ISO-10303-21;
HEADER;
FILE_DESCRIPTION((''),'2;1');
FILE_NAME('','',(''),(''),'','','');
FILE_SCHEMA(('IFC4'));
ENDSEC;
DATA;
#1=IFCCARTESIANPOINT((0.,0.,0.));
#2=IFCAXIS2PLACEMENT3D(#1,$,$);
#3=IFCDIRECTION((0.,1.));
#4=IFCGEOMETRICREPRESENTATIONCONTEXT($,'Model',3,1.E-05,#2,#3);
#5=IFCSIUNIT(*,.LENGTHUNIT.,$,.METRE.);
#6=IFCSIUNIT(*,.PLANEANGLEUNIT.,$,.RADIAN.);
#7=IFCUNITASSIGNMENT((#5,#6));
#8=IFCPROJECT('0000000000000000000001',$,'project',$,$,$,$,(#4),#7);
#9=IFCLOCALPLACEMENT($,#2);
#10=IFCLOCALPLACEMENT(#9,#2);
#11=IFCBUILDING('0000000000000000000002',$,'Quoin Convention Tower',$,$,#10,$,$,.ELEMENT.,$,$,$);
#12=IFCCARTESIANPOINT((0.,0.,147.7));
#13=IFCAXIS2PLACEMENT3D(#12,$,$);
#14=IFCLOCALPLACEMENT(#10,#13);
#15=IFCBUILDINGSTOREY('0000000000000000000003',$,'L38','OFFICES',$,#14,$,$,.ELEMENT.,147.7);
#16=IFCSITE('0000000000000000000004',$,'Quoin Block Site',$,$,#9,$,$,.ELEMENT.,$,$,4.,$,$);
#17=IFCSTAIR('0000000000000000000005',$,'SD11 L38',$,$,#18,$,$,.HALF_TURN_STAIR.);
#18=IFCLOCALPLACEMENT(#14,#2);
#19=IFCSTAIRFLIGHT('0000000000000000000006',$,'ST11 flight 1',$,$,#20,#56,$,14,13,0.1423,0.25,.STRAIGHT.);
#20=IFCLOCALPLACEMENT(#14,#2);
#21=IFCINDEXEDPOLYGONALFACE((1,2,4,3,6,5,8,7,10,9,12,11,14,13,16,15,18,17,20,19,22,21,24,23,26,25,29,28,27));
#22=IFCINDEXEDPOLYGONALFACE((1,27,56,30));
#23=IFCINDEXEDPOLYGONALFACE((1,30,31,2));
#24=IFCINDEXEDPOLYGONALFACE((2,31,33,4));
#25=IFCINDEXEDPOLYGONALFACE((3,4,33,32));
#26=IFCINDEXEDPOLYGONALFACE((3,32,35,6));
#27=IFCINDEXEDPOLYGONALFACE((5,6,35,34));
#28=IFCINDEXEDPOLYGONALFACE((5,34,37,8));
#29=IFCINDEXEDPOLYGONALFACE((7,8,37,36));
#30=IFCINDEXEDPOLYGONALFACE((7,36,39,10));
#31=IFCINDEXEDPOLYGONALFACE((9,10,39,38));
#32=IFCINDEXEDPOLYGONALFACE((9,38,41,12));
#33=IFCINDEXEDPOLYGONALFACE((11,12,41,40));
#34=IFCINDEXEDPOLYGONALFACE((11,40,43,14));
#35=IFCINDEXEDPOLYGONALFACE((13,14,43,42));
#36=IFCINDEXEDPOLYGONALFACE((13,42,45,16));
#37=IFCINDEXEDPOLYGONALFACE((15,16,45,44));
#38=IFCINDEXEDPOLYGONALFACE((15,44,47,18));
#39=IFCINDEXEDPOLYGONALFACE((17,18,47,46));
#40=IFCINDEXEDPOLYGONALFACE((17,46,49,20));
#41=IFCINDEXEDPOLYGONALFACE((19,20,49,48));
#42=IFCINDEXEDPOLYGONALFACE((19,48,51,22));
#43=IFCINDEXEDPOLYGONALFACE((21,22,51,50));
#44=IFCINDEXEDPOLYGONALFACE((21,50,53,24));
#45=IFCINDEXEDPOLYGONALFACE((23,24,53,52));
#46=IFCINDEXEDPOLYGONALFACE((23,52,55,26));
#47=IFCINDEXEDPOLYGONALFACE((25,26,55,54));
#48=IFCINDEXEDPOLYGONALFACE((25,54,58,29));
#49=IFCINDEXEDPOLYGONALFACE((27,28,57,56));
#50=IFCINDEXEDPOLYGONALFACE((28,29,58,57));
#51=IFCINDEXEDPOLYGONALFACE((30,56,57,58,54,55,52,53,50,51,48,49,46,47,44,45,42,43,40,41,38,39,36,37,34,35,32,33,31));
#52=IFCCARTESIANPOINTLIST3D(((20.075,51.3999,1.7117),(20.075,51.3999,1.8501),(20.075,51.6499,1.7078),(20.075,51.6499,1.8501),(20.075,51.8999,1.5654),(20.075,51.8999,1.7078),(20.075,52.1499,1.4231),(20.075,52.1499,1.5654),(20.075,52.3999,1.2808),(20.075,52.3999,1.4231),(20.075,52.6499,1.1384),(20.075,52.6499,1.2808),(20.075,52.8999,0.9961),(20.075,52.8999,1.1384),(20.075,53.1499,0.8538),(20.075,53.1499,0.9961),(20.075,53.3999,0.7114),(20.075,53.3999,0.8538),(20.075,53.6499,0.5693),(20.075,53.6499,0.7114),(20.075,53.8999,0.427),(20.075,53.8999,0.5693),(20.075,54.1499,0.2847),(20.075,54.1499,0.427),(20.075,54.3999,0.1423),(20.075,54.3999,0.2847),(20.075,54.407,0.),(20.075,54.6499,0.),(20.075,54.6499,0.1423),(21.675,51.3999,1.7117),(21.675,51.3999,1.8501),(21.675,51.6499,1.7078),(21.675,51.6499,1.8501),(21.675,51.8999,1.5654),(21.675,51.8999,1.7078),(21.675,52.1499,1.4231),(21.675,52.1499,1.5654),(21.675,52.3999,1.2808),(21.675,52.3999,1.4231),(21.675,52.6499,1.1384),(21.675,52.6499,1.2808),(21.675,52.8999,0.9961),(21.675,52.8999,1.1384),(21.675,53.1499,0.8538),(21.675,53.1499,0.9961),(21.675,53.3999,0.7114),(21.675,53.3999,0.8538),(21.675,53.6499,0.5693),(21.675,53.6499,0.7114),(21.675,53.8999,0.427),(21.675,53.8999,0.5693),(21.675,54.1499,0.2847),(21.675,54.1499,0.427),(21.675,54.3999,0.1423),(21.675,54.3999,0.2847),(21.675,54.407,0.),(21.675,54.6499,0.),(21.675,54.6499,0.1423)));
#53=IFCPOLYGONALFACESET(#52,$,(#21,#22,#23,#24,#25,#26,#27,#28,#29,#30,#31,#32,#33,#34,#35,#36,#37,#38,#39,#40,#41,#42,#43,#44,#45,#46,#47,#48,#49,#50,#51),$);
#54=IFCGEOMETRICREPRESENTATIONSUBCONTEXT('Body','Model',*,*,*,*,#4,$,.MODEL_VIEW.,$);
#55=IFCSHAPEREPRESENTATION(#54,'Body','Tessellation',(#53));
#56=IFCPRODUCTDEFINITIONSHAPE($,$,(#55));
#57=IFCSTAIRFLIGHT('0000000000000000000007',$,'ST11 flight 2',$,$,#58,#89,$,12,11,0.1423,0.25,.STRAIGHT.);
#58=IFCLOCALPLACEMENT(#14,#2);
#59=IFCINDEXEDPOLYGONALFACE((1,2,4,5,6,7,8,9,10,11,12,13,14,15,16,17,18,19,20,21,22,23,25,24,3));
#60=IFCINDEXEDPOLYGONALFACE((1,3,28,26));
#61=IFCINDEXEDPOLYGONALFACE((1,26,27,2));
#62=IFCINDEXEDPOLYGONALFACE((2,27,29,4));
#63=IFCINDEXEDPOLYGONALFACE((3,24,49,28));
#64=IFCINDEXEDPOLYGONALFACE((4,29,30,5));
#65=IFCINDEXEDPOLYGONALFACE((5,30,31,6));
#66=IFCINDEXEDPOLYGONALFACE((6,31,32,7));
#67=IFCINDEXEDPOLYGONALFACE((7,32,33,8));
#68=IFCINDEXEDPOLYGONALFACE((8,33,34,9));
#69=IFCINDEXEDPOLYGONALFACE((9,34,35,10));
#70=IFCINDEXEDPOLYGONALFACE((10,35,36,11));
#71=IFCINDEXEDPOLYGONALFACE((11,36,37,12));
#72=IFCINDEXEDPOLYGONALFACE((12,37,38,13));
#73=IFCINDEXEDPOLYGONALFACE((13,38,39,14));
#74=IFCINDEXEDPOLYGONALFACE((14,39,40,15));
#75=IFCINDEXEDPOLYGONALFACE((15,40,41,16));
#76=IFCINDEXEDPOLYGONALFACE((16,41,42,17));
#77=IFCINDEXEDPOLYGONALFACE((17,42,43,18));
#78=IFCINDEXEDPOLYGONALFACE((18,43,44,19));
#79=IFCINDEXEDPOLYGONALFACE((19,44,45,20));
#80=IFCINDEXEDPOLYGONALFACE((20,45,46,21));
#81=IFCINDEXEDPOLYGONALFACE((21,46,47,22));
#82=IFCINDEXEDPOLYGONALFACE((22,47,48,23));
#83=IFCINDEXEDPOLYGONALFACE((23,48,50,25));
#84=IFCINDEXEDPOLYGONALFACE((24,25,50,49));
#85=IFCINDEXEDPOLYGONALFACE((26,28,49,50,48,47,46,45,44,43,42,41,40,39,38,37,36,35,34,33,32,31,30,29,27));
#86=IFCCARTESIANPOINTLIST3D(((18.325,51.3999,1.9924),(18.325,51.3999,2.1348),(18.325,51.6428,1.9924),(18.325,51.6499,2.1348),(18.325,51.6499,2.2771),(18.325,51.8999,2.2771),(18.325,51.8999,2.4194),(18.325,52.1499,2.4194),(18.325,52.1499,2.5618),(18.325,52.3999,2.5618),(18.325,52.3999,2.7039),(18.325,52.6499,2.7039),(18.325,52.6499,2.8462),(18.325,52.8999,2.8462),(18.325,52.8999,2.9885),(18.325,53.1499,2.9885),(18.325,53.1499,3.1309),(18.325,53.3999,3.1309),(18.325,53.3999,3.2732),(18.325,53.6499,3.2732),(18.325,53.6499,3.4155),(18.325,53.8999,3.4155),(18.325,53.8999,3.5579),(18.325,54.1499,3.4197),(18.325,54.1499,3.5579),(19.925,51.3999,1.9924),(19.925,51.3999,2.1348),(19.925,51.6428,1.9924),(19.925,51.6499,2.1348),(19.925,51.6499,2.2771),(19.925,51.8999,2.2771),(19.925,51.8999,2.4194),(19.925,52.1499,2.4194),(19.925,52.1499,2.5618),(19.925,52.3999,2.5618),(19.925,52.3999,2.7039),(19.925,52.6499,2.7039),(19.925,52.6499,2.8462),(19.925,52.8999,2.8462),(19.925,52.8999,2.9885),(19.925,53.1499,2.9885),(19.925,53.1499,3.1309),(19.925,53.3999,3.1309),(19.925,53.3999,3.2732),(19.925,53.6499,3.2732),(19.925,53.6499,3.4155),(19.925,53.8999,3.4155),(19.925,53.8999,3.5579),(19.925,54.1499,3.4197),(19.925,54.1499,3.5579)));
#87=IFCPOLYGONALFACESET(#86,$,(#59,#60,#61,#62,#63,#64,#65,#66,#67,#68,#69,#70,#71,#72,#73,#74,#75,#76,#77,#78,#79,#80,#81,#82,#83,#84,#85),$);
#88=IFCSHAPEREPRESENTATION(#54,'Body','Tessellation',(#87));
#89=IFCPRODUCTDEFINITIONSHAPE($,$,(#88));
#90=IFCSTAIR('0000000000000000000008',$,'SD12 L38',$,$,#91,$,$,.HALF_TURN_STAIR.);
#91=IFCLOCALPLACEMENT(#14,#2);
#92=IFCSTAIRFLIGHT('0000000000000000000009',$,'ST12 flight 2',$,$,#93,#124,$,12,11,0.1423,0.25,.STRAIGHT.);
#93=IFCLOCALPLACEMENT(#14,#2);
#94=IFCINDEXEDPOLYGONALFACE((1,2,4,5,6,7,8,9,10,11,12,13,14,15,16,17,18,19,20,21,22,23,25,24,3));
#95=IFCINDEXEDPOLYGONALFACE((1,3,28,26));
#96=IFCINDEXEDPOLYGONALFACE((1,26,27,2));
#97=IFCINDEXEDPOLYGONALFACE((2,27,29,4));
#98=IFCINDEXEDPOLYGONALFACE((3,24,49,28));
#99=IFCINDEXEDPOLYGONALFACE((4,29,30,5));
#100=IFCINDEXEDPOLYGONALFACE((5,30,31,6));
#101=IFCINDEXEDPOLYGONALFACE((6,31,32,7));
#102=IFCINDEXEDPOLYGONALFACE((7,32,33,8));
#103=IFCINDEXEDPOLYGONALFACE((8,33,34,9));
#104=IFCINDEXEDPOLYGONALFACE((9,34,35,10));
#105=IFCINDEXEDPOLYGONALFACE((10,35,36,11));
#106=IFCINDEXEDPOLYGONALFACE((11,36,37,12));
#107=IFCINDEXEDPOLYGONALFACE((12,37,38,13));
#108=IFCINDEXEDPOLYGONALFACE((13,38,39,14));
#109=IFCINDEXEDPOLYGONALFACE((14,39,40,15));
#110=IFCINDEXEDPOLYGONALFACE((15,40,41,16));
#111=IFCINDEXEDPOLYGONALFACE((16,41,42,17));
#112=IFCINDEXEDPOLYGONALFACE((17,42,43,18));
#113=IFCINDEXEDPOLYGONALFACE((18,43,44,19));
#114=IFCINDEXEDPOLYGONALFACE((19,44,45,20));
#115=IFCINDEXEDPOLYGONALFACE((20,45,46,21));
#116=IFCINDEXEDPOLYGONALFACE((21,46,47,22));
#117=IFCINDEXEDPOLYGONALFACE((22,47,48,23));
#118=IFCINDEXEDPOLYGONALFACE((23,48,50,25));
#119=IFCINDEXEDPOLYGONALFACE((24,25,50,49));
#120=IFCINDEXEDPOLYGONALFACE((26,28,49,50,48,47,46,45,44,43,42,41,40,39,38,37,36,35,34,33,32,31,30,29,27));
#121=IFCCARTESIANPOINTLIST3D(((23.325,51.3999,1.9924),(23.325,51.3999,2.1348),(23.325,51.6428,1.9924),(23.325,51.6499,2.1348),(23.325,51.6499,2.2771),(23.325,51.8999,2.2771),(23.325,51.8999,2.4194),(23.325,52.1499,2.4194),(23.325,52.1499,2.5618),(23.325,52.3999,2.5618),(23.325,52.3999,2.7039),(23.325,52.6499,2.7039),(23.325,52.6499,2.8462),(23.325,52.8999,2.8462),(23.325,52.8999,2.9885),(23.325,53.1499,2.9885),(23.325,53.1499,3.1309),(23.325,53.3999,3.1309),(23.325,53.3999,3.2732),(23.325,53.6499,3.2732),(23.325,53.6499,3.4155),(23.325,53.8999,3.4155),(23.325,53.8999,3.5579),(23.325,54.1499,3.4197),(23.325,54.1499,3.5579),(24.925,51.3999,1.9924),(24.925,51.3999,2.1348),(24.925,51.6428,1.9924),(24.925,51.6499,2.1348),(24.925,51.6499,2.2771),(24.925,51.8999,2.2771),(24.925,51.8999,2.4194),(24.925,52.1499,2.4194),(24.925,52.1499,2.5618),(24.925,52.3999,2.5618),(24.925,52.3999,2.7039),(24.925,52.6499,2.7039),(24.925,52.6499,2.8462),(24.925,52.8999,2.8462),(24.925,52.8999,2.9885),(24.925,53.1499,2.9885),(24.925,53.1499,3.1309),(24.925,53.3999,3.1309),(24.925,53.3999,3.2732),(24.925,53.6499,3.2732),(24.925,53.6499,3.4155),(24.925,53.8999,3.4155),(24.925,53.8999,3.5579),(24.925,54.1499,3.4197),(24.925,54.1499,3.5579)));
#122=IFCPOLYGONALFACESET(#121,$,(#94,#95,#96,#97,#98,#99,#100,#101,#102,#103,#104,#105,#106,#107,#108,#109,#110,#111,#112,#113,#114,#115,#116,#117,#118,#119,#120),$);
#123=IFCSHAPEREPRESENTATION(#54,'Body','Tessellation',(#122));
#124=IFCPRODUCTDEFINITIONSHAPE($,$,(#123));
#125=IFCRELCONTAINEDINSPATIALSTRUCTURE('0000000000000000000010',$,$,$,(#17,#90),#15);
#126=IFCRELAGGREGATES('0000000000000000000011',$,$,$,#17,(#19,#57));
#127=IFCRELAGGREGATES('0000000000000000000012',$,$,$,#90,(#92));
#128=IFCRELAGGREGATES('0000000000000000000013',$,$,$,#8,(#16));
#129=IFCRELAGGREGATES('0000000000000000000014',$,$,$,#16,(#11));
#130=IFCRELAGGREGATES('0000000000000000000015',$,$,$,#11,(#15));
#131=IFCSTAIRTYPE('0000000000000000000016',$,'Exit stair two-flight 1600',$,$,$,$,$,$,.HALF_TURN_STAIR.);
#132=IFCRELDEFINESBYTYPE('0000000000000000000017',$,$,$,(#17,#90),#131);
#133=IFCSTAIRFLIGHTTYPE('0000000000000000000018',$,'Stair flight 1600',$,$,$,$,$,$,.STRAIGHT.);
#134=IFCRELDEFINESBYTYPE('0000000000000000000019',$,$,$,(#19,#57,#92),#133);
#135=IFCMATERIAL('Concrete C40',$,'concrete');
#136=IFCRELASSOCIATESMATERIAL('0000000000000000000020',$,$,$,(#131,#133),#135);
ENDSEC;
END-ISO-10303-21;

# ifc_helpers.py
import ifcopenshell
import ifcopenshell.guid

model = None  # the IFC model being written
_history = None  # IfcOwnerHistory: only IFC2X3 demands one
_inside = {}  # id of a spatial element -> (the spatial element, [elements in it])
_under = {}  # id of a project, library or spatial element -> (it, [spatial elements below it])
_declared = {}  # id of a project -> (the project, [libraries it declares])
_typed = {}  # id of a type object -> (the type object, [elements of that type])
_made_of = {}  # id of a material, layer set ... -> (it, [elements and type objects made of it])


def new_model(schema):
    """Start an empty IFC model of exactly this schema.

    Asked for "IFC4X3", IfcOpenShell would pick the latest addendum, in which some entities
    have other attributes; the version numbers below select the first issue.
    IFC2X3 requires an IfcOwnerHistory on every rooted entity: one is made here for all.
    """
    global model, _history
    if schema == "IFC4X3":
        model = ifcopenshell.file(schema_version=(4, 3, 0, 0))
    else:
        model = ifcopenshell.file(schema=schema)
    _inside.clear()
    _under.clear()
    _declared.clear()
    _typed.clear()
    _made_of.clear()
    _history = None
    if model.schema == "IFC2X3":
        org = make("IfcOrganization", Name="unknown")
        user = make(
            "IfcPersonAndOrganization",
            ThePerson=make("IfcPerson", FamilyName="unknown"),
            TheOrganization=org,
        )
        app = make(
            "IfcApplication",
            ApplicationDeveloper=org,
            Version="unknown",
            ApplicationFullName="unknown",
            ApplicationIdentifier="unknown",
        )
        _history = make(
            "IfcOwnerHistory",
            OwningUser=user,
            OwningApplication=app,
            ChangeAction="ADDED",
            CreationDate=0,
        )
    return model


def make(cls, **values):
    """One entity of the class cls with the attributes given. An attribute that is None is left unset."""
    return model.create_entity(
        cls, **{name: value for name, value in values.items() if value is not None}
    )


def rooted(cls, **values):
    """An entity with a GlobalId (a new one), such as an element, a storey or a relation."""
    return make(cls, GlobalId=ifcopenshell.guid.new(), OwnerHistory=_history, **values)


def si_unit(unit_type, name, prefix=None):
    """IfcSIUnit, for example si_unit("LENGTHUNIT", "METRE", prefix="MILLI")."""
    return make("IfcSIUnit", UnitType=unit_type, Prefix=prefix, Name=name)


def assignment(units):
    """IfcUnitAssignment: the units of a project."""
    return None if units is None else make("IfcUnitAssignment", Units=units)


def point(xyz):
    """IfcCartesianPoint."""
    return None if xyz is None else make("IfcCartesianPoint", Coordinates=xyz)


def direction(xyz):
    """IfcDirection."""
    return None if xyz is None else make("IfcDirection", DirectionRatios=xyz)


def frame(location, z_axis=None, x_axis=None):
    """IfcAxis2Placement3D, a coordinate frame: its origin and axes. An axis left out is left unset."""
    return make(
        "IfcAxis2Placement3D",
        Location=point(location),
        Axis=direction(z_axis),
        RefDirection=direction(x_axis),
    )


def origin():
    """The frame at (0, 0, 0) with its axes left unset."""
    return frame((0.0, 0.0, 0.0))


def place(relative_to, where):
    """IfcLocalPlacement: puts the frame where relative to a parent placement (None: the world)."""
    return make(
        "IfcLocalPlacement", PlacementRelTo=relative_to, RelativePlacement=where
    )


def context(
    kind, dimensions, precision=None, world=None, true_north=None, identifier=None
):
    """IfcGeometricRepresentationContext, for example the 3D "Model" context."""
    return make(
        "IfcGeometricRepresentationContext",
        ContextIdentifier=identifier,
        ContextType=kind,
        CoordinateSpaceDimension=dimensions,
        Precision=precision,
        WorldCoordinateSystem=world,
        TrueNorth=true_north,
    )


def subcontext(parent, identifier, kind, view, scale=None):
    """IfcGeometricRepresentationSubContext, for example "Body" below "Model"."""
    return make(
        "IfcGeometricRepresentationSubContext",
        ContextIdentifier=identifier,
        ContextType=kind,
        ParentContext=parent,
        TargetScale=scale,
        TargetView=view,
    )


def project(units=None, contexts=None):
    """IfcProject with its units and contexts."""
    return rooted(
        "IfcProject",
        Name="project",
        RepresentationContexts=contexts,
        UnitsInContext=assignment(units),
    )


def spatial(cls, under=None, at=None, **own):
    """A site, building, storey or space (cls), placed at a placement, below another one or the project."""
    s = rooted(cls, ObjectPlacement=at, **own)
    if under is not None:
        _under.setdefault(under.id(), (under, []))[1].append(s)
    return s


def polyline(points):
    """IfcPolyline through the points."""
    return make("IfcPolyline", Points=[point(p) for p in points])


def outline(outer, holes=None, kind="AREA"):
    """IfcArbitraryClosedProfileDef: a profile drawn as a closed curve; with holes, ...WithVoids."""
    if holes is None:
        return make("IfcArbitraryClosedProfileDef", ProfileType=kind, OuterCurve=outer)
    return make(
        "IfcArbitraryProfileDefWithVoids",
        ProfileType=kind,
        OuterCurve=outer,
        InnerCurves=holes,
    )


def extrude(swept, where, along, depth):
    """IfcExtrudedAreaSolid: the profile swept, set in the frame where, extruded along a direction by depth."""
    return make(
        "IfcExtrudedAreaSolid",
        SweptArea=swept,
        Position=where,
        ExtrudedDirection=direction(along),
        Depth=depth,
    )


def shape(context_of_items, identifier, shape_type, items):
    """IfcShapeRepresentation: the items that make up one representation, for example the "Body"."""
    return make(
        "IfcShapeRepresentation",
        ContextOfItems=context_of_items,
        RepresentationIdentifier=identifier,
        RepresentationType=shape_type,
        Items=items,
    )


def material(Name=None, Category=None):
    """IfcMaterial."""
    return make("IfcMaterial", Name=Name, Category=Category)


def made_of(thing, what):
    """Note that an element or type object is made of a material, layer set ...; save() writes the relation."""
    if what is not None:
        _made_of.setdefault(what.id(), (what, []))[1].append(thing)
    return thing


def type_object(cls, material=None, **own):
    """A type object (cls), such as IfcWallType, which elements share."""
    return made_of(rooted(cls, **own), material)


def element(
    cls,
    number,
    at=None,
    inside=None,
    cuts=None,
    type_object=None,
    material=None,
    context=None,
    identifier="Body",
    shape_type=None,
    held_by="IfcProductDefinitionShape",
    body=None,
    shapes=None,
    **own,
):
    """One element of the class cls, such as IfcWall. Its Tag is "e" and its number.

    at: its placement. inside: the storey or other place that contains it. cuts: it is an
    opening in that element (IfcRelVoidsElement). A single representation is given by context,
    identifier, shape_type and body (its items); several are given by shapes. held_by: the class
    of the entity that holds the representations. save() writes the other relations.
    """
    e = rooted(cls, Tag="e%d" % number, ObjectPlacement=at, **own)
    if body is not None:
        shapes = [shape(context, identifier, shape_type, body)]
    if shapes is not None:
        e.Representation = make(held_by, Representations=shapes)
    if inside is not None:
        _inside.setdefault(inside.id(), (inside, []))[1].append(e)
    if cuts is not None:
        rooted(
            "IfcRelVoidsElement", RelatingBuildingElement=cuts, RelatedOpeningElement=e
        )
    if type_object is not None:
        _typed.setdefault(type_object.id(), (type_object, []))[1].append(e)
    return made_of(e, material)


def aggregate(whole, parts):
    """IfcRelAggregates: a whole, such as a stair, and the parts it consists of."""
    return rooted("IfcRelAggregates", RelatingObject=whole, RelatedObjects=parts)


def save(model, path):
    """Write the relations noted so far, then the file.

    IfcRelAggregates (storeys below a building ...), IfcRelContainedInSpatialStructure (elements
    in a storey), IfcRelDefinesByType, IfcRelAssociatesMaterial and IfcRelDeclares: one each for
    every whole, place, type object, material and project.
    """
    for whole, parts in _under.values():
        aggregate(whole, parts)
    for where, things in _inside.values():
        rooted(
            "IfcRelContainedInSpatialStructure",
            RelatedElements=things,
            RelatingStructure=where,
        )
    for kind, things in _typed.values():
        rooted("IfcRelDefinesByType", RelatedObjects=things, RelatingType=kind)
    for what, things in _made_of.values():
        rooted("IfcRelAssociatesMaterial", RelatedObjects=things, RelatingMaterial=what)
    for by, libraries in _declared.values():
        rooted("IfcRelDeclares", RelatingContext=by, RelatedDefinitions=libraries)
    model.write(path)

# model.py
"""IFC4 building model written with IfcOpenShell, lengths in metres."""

from ifc_helpers import new_model, si_unit, direction, frame, origin, place, context, subcontext, project, spatial, polyline, outline, extrude, material, type_object, element, aggregate, save


model = new_model("IFC4")

# Units and contexts
model_context = context("Model", 3, precision=1e-05, world=origin(), true_north=direction((0.0, 1.0)))
body_context = subcontext(model_context, "Body", "Model", "MODEL_VIEW")
ifc_project = project(units=[si_unit("LENGTHUNIT", "METRE"), si_unit("PLANEANGLEUNIT", "RADIAN")], contexts=[model_context])

# Site, building, storey
site_placement = place(None, origin())
site = spatial("IfcSite", under=ifc_project, at=site_placement, Name="Quoin Block Site", CompositionType="ELEMENT", RefElevation=4.0)
building_placement = place(site_placement, origin())
building = spatial("IfcBuilding", under=site, at=building_placement, Name="Quoin Convention Tower", CompositionType="ELEMENT")
storey_placement = place(building_placement, frame((0.0, 0.0, 147.7)))
storey = spatial("IfcBuildingStorey", under=building, at=storey_placement, Name="L38", Description="OFFICES", CompositionType="ELEMENT", Elevation=147.7)

# Stair, stair flights
ifc_material_1 = material(Name="Concrete C40", Category="concrete")
stair_type = type_object("IfcStairType", Name="Exit stair two-flight 1600", PredefinedType="HALF_TURN_STAIR", material=ifc_material_1)
stair_1_placement = place(storey_placement, origin())
stair_1 = element("IfcStair", 1, at=stair_1_placement, inside=storey, type_object=stair_type, Name="SD11 L38", PredefinedType="HALF_TURN_STAIR")
stair_flight_type = type_object("IfcStairFlightType", Name="Stair flight 1600", PredefinedType="STRAIGHT", material=ifc_material_1)
stair_flight_1_placement = place(storey_placement, frame((20.875, 54.6499, 0.0), z_axis=(0.0, 0.0, 1.0), x_axis=(0.0, -1.0, 0.0)))
stair_flight_1 = element("IfcStairFlight", 2, at=stair_flight_1_placement, type_object=stair_flight_type, Name="ST11 flight 1", NumberOfRisers=14, NumberOfTreads=13, PredefinedType="STRAIGHT", RiserHeight=0.1423, TreadLength=0.25, context=body_context, shape_type="SweptSolid", body=[
    extrude(outline(polyline([(0.0, 0.0), (0.0, 0.1423), (0.25, 0.1423), (0.25, 0.2847), (0.5, 0.2847), (0.5, 0.427), (0.75, 0.427), (0.75, 0.5693), (1.0, 0.5693), (1.0, 0.7114), (1.25, 0.7114), (1.25, 0.8538), (1.5, 0.8538), (1.5, 0.9961), (1.75, 0.9961), (1.75, 1.1384), (2.0, 1.1384), (2.0, 1.2808), (2.25, 1.2808), (2.25, 1.4231), (2.5, 1.4231), (2.5, 1.5654), (2.75, 1.5654), (2.75, 1.7078), (3.0, 1.7078), (3.0, 1.8501), (3.25, 1.8501), (3.25, 1.9922), (3.25, 1.7117), (0.2429, 0.0), (0.0, 0.0)])), frame((0.0, 0.8, 0.0), z_axis=(0.0, -1.0, 0.0), x_axis=(1.0, 0.0, 0.0)), (0.0, 0.0, 1.0), 1.6001),
])
stair_flight_2_placement = place(storey_placement, frame((19.125, 51.3999, 1.9924), z_axis=(0.0, 0.0, 1.0), x_axis=(0.0, 1.0, 0.0)))
stair_flight_2 = element("IfcStairFlight", 3, at=stair_flight_2_placement, type_object=stair_flight_type, Name="ST11 flight 2", NumberOfRisers=12, NumberOfTreads=11, PredefinedType="STRAIGHT", RiserHeight=0.1423, TreadLength=0.25, context=body_context, shape_type="SweptSolid", body=[
    extrude(outline(polyline([(0.0, 0.0), (0.0, 0.1423), (0.25, 0.1423), (0.25, 0.2847), (0.5, 0.2847), (0.5, 0.427), (0.75, 0.427), (0.75, 0.5693), (1.0, 0.5693), (1.0, 0.7114), (1.25, 0.7114), (1.25, 0.8538), (1.5, 0.8538), (1.5, 0.9961), (1.75, 0.9961), (1.75, 1.1384), (2.0, 1.1384), (2.0, 1.2808), (2.25, 1.2808), (2.25, 1.4231), (2.5, 1.4231), (2.5, 1.5654), (2.75, 1.5654), (2.75, 1.7078), (2.75, 1.4272), (0.2429, 0.0), (0.0, 0.0)])), frame((0.0, 0.8, 0.0), z_axis=(0.0, -1.0, 0.0), x_axis=(1.0, 0.0, 0.0)), (0.0, 0.0, 1.0), 1.6001),
])
aggregate(stair_1, [stair_flight_1, stair_flight_2])

# Stair, stair flight
stair_2_placement = place(storey_placement, origin())
stair_2 = element("IfcStair", 4, at=stair_2_placement, inside=storey, type_object=stair_type, Name="SD12 L38", PredefinedType="HALF_TURN_STAIR")
stair_flight_3_placement = place(storey_placement, frame((24.125, 51.3999, 1.9924), z_axis=(0.0, 0.0, 1.0), x_axis=(0.0, 1.0, 0.0)))
stair_flight_3 = element("IfcStairFlight", 5, at=stair_flight_3_placement, type_object=stair_flight_type, Name="ST12 flight 2", NumberOfRisers=12, NumberOfTreads=11, PredefinedType="STRAIGHT", RiserHeight=0.1423, TreadLength=0.25, context=body_context, shape_type="SweptSolid", body=[
    extrude(outline(polyline([(0.0, 0.0), (0.0, 0.1423), (0.25, 0.1423), (0.25, 0.2847), (0.5, 0.2847), (0.5, 0.427), (0.75, 0.427), (0.75, 0.5693), (1.0, 0.5693), (1.0, 0.7114), (1.25, 0.7114), (1.25, 0.8538), (1.5, 0.8538), (1.5, 0.9961), (1.75, 0.9961), (1.75, 1.1384), (2.0, 1.1384), (2.0, 1.2808), (2.25, 1.2808), (2.25, 1.4231), (2.5, 1.4231), (2.5, 1.5654), (2.75, 1.5654), (2.75, 1.7078), (2.75, 1.4272), (0.2429, 0.0), (0.0, 0.0)])), frame((0.0, 0.8, 0.0), z_axis=(0.0, -1.0, 0.0), x_axis=(1.0, 0.0, 0.0)), (0.0, 0.0, 1.0), 1.6001),
])
aggregate(stair_2, [stair_flight_3])

save(model, "model.ifc")
